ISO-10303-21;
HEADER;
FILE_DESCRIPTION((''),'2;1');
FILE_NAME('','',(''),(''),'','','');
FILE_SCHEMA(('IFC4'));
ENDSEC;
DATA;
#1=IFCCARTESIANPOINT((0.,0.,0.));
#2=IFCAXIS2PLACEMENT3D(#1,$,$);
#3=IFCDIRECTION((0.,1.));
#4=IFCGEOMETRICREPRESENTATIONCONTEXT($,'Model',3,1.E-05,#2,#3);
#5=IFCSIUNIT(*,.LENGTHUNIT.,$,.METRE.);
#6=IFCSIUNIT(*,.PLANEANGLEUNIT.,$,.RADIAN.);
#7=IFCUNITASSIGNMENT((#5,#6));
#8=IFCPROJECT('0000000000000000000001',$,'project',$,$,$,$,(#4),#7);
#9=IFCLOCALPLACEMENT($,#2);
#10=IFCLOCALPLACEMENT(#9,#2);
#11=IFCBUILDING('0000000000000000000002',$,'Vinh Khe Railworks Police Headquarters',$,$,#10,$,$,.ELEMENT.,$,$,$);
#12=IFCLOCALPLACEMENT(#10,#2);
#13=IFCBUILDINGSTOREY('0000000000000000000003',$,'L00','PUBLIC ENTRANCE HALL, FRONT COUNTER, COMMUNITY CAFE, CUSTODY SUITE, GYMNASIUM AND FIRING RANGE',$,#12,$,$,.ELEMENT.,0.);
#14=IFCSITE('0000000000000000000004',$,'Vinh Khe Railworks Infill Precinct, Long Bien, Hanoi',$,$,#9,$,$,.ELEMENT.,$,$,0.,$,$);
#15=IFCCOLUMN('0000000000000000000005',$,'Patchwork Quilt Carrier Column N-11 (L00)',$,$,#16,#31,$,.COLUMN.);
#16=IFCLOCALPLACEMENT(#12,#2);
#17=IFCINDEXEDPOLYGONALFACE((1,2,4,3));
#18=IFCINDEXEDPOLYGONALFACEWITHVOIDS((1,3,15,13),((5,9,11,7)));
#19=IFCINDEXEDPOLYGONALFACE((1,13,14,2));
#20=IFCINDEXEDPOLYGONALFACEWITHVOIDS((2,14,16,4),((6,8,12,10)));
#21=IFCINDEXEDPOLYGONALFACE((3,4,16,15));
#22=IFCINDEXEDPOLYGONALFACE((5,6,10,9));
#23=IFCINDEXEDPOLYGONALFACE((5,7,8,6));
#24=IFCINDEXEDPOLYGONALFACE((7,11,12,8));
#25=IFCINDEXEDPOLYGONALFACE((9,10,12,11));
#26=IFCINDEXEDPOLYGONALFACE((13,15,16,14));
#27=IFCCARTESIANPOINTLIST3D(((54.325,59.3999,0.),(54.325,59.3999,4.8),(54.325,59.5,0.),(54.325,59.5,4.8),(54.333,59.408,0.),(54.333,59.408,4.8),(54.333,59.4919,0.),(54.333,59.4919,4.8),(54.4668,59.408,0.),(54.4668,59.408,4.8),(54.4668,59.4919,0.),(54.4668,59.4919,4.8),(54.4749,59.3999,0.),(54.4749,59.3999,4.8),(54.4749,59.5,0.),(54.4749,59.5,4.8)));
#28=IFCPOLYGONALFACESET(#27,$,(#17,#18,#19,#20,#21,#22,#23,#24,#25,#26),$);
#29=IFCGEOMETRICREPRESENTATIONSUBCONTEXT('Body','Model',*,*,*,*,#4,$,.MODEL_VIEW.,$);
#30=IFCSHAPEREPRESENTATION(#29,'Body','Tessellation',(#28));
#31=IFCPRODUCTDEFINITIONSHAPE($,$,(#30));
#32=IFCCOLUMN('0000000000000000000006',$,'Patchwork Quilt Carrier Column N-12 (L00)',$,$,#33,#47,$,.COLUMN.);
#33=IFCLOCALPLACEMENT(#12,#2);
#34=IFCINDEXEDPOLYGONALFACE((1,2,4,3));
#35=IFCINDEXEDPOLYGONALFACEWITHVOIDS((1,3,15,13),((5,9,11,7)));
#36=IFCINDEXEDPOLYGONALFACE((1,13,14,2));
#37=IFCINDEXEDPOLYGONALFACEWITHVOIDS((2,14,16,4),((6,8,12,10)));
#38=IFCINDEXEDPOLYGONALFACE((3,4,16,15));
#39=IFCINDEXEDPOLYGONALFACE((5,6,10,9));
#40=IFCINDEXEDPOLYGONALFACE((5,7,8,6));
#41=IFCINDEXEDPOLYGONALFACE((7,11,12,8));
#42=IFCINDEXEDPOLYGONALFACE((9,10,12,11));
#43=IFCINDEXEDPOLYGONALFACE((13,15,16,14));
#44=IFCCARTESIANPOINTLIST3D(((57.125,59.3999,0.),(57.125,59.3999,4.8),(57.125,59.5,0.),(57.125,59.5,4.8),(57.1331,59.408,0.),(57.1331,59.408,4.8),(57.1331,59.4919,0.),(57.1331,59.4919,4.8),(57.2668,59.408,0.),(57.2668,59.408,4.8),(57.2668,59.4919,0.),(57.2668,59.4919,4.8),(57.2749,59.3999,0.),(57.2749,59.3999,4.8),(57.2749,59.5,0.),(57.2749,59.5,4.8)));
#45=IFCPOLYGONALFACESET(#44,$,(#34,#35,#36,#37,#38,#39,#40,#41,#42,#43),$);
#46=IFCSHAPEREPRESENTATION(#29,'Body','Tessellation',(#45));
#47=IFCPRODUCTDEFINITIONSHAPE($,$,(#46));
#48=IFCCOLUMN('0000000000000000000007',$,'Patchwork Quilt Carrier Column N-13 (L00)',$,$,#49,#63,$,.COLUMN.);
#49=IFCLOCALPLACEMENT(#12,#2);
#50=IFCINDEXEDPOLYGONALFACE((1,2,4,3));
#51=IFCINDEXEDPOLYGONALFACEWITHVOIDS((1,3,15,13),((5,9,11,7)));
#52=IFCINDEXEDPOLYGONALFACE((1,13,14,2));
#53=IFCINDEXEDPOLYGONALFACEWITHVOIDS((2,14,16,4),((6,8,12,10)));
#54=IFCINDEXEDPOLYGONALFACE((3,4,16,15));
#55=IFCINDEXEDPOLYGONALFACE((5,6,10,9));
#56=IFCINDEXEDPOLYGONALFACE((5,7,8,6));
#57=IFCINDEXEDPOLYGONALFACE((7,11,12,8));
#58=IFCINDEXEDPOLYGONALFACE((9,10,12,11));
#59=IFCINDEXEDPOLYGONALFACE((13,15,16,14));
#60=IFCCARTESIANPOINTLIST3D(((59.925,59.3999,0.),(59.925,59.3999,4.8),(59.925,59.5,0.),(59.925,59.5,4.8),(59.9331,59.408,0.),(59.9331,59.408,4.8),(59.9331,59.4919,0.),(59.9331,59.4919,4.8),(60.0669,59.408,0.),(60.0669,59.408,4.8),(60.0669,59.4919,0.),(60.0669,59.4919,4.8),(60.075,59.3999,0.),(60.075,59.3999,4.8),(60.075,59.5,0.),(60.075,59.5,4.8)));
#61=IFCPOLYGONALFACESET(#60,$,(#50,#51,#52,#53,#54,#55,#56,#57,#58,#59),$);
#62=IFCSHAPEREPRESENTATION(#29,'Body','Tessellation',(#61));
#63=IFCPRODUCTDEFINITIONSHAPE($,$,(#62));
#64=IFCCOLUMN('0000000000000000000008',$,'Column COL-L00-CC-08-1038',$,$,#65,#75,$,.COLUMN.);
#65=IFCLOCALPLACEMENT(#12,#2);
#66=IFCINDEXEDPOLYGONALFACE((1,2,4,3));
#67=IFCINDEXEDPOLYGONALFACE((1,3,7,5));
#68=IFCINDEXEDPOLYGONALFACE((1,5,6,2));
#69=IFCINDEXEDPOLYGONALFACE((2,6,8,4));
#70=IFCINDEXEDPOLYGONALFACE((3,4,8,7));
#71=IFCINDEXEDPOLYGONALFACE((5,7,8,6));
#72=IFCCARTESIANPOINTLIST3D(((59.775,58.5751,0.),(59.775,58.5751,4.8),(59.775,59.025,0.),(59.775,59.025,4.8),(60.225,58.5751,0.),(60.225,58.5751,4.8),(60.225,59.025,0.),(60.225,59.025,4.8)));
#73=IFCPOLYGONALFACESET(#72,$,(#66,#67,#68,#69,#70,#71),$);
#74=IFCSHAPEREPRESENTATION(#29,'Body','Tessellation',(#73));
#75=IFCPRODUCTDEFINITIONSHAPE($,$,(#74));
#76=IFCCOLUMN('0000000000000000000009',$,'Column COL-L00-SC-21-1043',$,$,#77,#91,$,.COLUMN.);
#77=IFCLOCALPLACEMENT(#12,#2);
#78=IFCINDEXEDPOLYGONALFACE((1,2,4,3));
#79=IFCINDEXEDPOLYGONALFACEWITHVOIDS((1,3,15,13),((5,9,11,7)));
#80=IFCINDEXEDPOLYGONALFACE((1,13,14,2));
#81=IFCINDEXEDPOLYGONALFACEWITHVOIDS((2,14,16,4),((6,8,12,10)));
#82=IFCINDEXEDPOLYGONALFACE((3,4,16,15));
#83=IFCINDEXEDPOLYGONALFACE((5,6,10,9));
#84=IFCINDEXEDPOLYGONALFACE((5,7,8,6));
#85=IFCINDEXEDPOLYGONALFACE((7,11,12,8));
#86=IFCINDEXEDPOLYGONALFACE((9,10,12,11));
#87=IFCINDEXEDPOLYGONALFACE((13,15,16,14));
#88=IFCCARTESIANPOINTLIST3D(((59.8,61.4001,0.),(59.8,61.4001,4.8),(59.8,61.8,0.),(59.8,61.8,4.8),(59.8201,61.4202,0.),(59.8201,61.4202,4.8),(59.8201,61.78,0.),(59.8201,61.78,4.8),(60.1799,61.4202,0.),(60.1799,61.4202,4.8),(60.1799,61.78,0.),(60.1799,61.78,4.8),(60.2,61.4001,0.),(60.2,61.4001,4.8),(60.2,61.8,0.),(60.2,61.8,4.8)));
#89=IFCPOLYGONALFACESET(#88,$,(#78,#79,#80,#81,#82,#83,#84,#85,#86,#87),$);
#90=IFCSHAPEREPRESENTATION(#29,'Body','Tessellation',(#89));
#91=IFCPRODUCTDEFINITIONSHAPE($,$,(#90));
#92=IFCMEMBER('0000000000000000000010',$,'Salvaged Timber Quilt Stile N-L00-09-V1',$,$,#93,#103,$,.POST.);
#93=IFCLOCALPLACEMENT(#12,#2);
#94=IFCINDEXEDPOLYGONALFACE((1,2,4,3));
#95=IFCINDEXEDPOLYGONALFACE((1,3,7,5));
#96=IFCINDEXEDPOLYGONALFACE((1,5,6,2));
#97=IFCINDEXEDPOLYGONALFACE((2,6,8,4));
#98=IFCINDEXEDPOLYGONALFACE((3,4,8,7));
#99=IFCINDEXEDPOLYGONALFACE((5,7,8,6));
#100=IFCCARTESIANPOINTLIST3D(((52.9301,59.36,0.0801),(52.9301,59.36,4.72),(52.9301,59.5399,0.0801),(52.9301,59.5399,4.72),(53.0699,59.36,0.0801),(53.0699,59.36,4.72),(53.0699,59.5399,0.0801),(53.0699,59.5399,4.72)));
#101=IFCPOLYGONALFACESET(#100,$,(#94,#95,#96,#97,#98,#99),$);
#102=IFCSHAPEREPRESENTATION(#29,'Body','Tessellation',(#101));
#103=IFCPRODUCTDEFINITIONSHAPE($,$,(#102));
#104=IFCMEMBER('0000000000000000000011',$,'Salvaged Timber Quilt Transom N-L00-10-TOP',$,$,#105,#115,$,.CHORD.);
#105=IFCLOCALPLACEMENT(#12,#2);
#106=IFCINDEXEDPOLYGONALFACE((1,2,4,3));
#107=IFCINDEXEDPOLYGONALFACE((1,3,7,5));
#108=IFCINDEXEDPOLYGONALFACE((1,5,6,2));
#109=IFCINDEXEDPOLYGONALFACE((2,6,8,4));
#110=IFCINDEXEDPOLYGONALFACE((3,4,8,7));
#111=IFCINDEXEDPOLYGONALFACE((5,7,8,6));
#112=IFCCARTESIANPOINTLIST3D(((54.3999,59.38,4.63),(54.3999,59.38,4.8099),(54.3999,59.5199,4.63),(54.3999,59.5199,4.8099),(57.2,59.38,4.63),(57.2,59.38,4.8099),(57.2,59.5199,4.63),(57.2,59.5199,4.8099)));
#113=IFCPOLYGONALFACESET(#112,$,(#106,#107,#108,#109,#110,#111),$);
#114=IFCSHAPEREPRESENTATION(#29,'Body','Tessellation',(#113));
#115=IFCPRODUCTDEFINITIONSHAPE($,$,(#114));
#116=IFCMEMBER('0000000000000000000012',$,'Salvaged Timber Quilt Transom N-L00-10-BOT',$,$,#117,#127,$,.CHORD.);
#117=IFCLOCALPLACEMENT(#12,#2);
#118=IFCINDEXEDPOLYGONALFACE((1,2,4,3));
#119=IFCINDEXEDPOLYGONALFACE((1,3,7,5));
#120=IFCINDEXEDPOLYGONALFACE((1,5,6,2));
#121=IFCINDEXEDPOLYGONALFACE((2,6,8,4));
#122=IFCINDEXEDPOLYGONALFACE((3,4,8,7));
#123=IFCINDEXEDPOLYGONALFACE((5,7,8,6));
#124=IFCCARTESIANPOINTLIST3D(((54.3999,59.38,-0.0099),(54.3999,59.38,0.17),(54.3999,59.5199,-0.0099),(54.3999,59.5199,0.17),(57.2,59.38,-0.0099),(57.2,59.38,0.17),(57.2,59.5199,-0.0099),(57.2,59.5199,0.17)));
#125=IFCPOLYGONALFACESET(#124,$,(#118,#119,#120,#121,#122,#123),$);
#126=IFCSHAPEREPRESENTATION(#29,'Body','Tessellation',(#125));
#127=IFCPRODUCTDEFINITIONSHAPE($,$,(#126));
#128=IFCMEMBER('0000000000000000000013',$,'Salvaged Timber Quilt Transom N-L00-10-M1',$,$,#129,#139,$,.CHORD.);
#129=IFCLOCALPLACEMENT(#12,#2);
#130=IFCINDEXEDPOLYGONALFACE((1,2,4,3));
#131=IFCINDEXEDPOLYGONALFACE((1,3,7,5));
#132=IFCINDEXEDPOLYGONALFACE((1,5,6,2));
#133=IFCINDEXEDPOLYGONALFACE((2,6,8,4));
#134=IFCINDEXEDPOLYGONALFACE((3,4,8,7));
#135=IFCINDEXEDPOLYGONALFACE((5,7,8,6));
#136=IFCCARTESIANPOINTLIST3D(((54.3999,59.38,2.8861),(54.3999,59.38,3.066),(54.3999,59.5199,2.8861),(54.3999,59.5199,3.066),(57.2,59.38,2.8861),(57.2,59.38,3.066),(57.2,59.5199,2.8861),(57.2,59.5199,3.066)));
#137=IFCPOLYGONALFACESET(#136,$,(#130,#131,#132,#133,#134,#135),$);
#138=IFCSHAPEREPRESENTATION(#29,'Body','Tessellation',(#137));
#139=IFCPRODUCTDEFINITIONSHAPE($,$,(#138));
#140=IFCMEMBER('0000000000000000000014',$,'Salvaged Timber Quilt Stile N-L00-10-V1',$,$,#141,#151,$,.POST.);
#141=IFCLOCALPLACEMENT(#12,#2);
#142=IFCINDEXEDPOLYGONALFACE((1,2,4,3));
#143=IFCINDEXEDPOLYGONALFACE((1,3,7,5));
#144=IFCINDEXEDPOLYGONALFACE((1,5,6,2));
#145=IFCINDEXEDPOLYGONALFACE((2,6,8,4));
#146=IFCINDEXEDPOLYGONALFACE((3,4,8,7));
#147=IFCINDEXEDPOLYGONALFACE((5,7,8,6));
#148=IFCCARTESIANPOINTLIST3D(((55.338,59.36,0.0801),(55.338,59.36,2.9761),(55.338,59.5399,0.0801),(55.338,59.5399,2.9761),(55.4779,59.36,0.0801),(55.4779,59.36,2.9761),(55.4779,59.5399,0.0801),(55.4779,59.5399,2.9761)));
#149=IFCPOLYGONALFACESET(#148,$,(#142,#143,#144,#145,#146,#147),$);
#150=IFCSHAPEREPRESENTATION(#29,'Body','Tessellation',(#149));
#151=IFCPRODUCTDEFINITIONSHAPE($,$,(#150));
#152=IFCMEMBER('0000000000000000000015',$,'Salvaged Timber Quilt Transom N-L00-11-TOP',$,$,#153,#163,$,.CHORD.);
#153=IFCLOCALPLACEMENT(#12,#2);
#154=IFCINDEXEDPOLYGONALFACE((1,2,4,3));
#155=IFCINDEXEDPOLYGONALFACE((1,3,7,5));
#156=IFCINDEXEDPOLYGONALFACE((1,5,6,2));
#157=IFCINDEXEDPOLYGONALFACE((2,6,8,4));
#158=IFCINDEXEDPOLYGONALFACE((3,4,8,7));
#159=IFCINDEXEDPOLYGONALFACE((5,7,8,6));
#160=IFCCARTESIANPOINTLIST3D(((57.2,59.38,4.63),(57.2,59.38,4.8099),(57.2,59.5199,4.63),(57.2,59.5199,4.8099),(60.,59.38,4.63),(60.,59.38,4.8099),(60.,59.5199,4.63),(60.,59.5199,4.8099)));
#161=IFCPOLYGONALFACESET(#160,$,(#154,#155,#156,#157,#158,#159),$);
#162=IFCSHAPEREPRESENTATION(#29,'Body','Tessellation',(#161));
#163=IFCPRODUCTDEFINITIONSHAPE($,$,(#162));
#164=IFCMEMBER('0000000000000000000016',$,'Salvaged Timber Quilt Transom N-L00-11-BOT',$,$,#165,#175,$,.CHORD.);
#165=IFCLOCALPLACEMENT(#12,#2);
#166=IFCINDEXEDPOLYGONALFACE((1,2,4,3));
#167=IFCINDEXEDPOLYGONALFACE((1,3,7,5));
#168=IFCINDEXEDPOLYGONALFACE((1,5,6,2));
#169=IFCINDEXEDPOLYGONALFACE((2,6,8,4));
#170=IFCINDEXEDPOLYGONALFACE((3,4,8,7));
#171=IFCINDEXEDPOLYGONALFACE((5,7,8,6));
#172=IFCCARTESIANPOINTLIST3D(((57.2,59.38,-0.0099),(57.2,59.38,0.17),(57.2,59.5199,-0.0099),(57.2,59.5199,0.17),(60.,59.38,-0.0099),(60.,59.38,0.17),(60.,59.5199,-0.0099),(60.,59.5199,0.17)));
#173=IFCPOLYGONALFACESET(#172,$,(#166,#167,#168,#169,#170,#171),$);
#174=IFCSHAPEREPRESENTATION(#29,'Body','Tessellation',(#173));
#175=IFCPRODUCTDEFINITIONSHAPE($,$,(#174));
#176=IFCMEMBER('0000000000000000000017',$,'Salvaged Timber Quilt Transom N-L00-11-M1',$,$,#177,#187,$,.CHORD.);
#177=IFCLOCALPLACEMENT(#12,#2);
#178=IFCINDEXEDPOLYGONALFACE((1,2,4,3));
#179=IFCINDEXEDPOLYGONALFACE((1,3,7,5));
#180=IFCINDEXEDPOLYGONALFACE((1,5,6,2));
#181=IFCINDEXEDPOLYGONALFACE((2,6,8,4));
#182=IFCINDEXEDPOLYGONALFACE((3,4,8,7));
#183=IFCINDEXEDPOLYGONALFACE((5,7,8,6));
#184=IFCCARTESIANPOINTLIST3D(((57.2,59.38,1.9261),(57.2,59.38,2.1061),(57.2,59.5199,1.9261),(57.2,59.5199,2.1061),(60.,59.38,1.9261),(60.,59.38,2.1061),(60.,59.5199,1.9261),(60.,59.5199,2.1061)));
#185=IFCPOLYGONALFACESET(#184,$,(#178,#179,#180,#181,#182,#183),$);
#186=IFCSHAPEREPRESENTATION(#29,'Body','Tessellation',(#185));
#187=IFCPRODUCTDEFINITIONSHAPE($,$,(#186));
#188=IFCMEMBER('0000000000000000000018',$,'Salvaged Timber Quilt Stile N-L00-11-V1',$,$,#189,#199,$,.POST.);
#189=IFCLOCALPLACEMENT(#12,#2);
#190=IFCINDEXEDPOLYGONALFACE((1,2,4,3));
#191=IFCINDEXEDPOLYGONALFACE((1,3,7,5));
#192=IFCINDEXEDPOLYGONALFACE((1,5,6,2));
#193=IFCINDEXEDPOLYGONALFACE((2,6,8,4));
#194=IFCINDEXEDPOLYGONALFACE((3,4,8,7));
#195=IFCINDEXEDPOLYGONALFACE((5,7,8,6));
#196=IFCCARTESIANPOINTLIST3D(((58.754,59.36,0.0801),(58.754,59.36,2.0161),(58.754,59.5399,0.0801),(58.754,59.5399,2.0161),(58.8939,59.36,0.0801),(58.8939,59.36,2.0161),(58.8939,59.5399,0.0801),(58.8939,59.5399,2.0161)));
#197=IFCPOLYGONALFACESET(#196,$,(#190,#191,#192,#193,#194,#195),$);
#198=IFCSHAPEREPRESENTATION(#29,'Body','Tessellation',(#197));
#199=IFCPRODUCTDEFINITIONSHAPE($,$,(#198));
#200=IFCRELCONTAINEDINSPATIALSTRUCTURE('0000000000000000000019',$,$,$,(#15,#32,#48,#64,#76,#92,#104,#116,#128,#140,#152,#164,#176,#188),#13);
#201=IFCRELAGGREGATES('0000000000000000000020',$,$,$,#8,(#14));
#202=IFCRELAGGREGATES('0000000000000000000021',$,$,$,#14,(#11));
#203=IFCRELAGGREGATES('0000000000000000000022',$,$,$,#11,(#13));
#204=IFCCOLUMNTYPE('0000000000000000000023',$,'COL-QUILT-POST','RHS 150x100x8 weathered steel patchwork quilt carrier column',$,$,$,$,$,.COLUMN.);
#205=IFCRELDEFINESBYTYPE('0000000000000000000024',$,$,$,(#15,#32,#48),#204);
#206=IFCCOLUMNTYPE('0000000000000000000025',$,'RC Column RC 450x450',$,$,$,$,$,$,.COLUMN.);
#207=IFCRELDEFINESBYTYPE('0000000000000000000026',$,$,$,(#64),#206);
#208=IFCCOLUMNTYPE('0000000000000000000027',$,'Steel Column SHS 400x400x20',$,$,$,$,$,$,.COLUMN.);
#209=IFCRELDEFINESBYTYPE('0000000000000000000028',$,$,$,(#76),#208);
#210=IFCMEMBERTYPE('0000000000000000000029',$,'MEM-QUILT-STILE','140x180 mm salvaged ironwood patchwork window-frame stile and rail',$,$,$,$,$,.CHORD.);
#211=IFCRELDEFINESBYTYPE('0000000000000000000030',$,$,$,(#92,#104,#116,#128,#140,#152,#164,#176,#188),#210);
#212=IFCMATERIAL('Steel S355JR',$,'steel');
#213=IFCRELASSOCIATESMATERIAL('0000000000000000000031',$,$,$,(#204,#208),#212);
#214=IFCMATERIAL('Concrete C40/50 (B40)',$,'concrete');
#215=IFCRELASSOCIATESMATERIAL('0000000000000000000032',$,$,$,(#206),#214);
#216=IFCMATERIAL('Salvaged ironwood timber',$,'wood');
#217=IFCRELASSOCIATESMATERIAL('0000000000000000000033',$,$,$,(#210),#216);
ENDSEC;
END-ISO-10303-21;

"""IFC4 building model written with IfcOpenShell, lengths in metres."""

from ifc_helpers import new_model, si_unit, direction, frame, origin, origin_2d, place, context, subcontext, project, spatial, rectangle, hollow_rectangle, extrude, material, material_profile, profile_set, type_object, element, save


model = new_model("IFC4")

# Units and contexts
model_context = context("Model", 3, precision=1e-05, world=origin(), true_north=direction((0.0, 1.0)))
body_context = subcontext(model_context, "Body", "Model", "MODEL_VIEW")
ifc_project = project(units=[si_unit("LENGTHUNIT", "METRE"), si_unit("PLANEANGLEUNIT", "RADIAN")], contexts=[model_context])

# Site, building, storey
site_placement = place(None, origin())
site = spatial("IfcSite", under=ifc_project, at=site_placement, Name="Vinh Khe Railworks Infill Precinct, Long Bien, Hanoi", CompositionType="ELEMENT", RefElevation=0.0)
building_placement = place(site_placement, origin())
building = spatial("IfcBuilding", under=site, at=building_placement, Name="Vinh Khe Railworks Police Headquarters", CompositionType="ELEMENT")
storey_placement = place(building_placement, origin())
storey = spatial("IfcBuildingStorey", under=building, at=storey_placement, Name="L00", Description="PUBLIC ENTRANCE HALL, FRONT COUNTER, COMMUNITY CAFE, CUSTODY SUITE, GYMNASIUM AND FIRING RANGE", CompositionType="ELEMENT", Elevation=0.0)

# Columns
ifc_material_1 = material(Name="Steel S355JR", Category="steel")
ifc_material_profile_1 = material_profile(ifc_material_1, hollow_rectangle(XDim=0.1499, YDim=0.1001, WallThickness=0.0081, at=origin_2d()), Name="RHS 150x100x8")
ifc_profile_set_1 = profile_set([ifc_material_profile_1], Name="Steel S355JR")
column_type_1 = type_object("IfcColumnType", Name="COL-QUILT-POST", Description="RHS 150x100x8 weathered steel patchwork quilt carrier column", PredefinedType="COLUMN", material=ifc_profile_set_1)
for number, where, z_axis, x_axis, name in (
    (1, (54.3999, 59.45, 0.0), (0.0, 0.0, 1.0), (1.0, 0.0, 0.0), "Patchwork Quilt Carrier Column N-11 (L00)"),
    (2, (57.2, 59.45, 0.0), (0.0, 0.0, 1.0), (1.0, 0.0, 0.0), "Patchwork Quilt Carrier Column N-12 (L00)"),
    (3, (60.0, 59.45, 0.0), (0.0, 0.0, 1.0), (1.0, 0.0, 0.0), "Patchwork Quilt Carrier Column N-13 (L00)"),
):
    element("IfcColumn", number, at=place(storey_placement, frame(where, z_axis=z_axis, x_axis=x_axis)), inside=storey, type_object=column_type_1, Name=name, PredefinedType="COLUMN", context=body_context, shape_type="SweptSolid", body=[
        extrude(hollow_rectangle(XDim=0.1499, YDim=0.1001, WallThickness=0.0081, at=origin_2d()), origin(), (0.0, 0.0, 1.0), 4.8),
    ])
ifc_material_2 = material(Name="Concrete C40/50 (B40)", Category="concrete")
ifc_material_profile_2 = material_profile(ifc_material_2, rectangle(XDim=0.45, YDim=0.45, at=origin_2d()), Name="RC 450x450")
ifc_profile_set_2 = profile_set([ifc_material_profile_2], Name="Concrete C40/50 (B40)")
column_type_2 = type_object("IfcColumnType", Name="RC Column RC 450x450", PredefinedType="COLUMN", material=ifc_profile_set_2)
column_1_placement = place(storey_placement, frame((60.0, 58.8, 0.0), z_axis=(0.0, 0.0, 1.0), x_axis=(1.0, 0.0, 0.0)))
element("IfcColumn", 4, at=column_1_placement, inside=storey, type_object=column_type_2, Name="Column COL-L00-CC-08-1038", PredefinedType="COLUMN", context=body_context, shape_type="SweptSolid", body=[
    extrude(rectangle(XDim=0.45, YDim=0.45, at=origin_2d()), origin(), (0.0, 0.0, 1.0), 4.8),
])
ifc_material_profile_3 = material_profile(ifc_material_1, hollow_rectangle(XDim=0.3999, YDim=0.3999, WallThickness=0.02, at=origin_2d()), Name="SHS 400x400x20")
ifc_profile_set_3 = profile_set([ifc_material_profile_3], Name="Steel S355JR")
column_type_3 = type_object("IfcColumnType", Name="Steel Column SHS 400x400x20", PredefinedType="COLUMN", material=ifc_profile_set_3)
column_2_placement = place(storey_placement, frame((60.0, 61.6001, 0.0), z_axis=(0.0, 0.0, 1.0), x_axis=(1.0, 0.0, 0.0)))
element("IfcColumn", 5, at=column_2_placement, inside=storey, type_object=column_type_3, Name="Column COL-L00-SC-21-1043", PredefinedType="COLUMN", context=body_context, shape_type="SweptSolid", body=[
    extrude(hollow_rectangle(XDim=0.3999, YDim=0.3999, WallThickness=0.02, at=origin_2d()), origin(), (0.0, 0.0, 1.0), 4.8),
])

# Members
ifc_material_3 = material(Name="Salvaged ironwood timber", Category="wood")
ifc_material_profile_4 = material_profile(ifc_material_3, rectangle(XDim=0.1399, YDim=0.1799, at=origin_2d()), Name="TIMBER 140x180")
ifc_profile_set_4 = profile_set([ifc_material_profile_4], Name="Salvaged ironwood timber")
member_type_1 = type_object("IfcMemberType", Name="MEM-QUILT-STILE", Description="140x180 mm salvaged ironwood patchwork window-frame stile and rail", PredefinedType="CHORD", material=ifc_profile_set_4)
member_1_placement = place(storey_placement, frame((53.0, 59.45, 0.0801), z_axis=(0.0, 0.0, 1.0), x_axis=(1.0, 0.0, 0.0)))
element("IfcMember", 6, at=member_1_placement, inside=storey, type_object=member_type_1, Name="Salvaged Timber Quilt Stile N-L00-09-V1", PredefinedType="POST", context=body_context, shape_type="SweptSolid", body=[
    extrude(rectangle(XDim=0.1399, YDim=0.1799, at=origin_2d()), origin(), (0.0, 0.0, 1.0), 4.6399),
])
for number, where, z_axis, x_axis, name in (
    (7, (54.3999, 59.45, 4.72), (1.0, 0.0, 0.0), (0.0, 1.0, 0.0), "Salvaged Timber Quilt Transom N-L00-10-TOP"),
    (8, (54.3999, 59.45, 0.0801), (1.0, 0.0, 0.0), (0.0, 1.0, 0.0), "Salvaged Timber Quilt Transom N-L00-10-BOT"),
    (9, (54.3999, 59.45, 2.9761), (1.0, 0.0, 0.0), (0.0, 1.0, 0.0), "Salvaged Timber Quilt Transom N-L00-10-M1"),
):
    element("IfcMember", number, at=place(storey_placement, frame(where, z_axis=z_axis, x_axis=x_axis)), inside=storey, type_object=member_type_1, Name=name, PredefinedType="CHORD", context=body_context, shape_type="SweptSolid", body=[
        extrude(rectangle(XDim=0.1399, YDim=0.1799, at=origin_2d()), origin(), (0.0, 0.0, 1.0), 2.8),
    ])
member_2_placement = place(storey_placement, frame((55.408, 59.45, 0.0801), z_axis=(0.0, 0.0, 1.0), x_axis=(1.0, 0.0, 0.0)))
element("IfcMember", 10, at=member_2_placement, inside=storey, type_object=member_type_1, Name="Salvaged Timber Quilt Stile N-L00-10-V1", PredefinedType="POST", context=body_context, shape_type="SweptSolid", body=[
    extrude(rectangle(XDim=0.1399, YDim=0.1799, at=origin_2d()), origin(), (0.0, 0.0, 1.0), 2.896),
])
for number, where, z_axis, x_axis, name in (
    (11, (57.2, 59.45, 4.72), (1.0, 0.0, 0.0), (0.0, 1.0, 0.0), "Salvaged Timber Quilt Transom N-L00-11-TOP"),
    (12, (57.2, 59.45, 0.0801), (1.0, 0.0, 0.0), (0.0, 1.0, 0.0), "Salvaged Timber Quilt Transom N-L00-11-BOT"),
    (13, (57.2, 59.45, 2.0161), (1.0, 0.0, 0.0), (0.0, 1.0, 0.0), "Salvaged Timber Quilt Transom N-L00-11-M1"),
):
    element("IfcMember", number, at=place(storey_placement, frame(where, z_axis=z_axis, x_axis=x_axis)), inside=storey, type_object=member_type_1, Name=name, PredefinedType="CHORD", context=body_context, shape_type="SweptSolid", body=[
        extrude(rectangle(XDim=0.1399, YDim=0.1799, at=origin_2d()), origin(), (0.0, 0.0, 1.0), 2.8),
    ])
member_3_placement = place(storey_placement, frame((58.824, 59.45, 0.0801), z_axis=(0.0, 0.0, 1.0), x_axis=(1.0, 0.0, 0.0)))
element("IfcMember", 14, at=member_3_placement, inside=storey, type_object=member_type_1, Name="Salvaged Timber Quilt Stile N-L00-11-V1", PredefinedType="POST", context=body_context, shape_type="SweptSolid", body=[
    extrude(rectangle(XDim=0.1399, YDim=0.1799, at=origin_2d()), origin(), (0.0, 0.0, 1.0), 1.936),
])

save(model, "model.ifc")
